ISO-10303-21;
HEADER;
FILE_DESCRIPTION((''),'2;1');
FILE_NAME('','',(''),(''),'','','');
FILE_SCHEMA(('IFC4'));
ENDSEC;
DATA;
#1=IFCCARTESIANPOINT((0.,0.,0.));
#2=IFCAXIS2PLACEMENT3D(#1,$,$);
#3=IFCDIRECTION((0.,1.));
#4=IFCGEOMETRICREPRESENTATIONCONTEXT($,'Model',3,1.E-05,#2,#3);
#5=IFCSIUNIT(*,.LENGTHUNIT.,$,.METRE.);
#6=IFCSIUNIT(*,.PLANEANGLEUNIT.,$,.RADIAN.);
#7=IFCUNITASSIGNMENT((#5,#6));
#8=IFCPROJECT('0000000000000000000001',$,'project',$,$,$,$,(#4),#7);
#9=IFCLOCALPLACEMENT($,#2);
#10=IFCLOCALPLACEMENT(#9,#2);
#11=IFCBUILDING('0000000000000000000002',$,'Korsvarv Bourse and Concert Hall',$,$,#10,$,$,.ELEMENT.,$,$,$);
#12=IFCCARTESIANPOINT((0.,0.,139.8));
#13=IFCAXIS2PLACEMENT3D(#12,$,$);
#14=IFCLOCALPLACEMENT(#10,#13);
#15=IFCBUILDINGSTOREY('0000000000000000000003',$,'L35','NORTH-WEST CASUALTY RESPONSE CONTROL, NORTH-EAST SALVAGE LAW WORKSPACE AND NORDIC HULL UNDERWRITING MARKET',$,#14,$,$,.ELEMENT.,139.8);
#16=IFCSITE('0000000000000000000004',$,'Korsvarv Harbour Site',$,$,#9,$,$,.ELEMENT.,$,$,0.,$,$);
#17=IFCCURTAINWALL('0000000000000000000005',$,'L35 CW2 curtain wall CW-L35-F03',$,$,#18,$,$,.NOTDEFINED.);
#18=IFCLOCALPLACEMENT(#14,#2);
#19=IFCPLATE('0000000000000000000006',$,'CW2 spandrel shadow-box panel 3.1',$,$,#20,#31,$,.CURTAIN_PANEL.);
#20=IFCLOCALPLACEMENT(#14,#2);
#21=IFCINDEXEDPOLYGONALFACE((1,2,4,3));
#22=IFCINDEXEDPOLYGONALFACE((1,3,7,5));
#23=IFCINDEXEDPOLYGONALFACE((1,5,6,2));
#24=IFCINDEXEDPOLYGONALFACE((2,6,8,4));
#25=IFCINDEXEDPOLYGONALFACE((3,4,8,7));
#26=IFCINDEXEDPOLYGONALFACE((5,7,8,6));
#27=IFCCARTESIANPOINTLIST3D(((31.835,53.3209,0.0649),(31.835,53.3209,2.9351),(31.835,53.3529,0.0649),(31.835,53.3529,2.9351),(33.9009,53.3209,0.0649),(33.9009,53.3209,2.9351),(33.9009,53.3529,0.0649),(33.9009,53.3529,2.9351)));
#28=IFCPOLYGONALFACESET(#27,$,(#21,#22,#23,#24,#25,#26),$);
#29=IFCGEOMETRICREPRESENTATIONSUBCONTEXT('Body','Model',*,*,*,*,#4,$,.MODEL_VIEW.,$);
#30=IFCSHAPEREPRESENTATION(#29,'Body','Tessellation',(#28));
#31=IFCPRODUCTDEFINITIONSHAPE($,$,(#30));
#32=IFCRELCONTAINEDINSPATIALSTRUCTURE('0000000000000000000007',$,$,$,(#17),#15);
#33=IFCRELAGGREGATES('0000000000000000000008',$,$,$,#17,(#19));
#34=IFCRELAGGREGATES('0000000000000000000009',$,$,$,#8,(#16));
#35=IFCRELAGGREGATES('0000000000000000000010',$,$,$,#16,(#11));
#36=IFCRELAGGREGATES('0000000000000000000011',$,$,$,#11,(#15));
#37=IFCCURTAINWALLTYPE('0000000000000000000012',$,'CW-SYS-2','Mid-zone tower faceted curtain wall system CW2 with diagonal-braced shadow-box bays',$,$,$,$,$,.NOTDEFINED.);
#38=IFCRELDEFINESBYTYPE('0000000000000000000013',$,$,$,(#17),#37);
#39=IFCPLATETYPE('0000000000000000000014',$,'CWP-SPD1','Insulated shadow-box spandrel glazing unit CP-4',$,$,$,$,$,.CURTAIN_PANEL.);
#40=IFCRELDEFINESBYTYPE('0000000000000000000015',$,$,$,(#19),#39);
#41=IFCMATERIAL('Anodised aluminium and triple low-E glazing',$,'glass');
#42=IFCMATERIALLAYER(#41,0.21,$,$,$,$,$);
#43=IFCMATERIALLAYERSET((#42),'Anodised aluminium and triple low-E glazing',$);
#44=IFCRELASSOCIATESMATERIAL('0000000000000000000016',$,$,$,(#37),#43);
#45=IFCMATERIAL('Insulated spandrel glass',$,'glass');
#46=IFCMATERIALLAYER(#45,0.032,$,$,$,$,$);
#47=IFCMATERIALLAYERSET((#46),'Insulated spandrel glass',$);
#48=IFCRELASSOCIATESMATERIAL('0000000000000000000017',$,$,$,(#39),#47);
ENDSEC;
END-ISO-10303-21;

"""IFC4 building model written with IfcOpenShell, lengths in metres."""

from ifc_helpers import new_model, si_unit, direction, frame, origin, origin_2d, place, context, subcontext, project, spatial, rectangle, extrude, source, transform, mapped, material, layer, layer_set, type_object, element, aggregate, save


model = new_model("IFC4")

# Units and contexts
model_context = context("Model", 3, precision=1e-05, world=origin(), true_north=direction((0.0, 1.0)))
body_context = subcontext(model_context, "Body", "Model", "MODEL_VIEW")
ifc_project = project(units=[si_unit("LENGTHUNIT", "METRE"), si_unit("PLANEANGLEUNIT", "RADIAN")], contexts=[model_context])

# Site, building, storey
site_placement = place(None, origin())
site = spatial("IfcSite", under=ifc_project, at=site_placement, Name="Korsvarv Harbour Site", CompositionType="ELEMENT", RefElevation=0.0)
building_placement = place(site_placement, origin())
building = spatial("IfcBuilding", under=site, at=building_placement, Name="Korsvarv Bourse and Concert Hall", CompositionType="ELEMENT")
storey_placement = place(building_placement, frame((0.0, 0.0, 139.8)))
storey = spatial("IfcBuildingStorey", under=building, at=storey_placement, Name="L35", Description="NORTH-WEST CASUALTY RESPONSE CONTROL, NORTH-EAST SALVAGE LAW WORKSPACE AND NORDIC HULL UNDERWRITING MARKET", CompositionType="ELEMENT", Elevation=139.8)

# Curtain wall, plate
ifc_material_1 = material(Name="Anodised aluminium and triple low-E glazing", Category="glass")
ifc_layer_1 = layer(ifc_material_1, 0.21)
ifc_layer_set_1 = layer_set([ifc_layer_1], Name="Anodised aluminium and triple low-E glazing")
curtain_wall_type = type_object("IfcCurtainWallType", Name="CW-SYS-2", Description="Mid-zone tower faceted curtain wall system CW2 with diagonal-braced shadow-box bays", PredefinedType="NOTDEFINED", material=ifc_layer_set_1)
curtain_wall_placement = place(storey_placement, origin())
curtain_wall = element("IfcCurtainWall", 1, at=curtain_wall_placement, inside=storey, type_object=curtain_wall_type, Name="L35 CW2 curtain wall CW-L35-F03", PredefinedType="NOTDEFINED")
ifc_material_2 = material(Name="Insulated spandrel glass", Category="glass")
ifc_layer_2 = layer(ifc_material_2, 0.032)
ifc_layer_set_2 = layer_set([ifc_layer_2], Name="Insulated spandrel glass")
plate_type_1 = type_object("IfcPlateType", Name="CWP-SPD1", Description="Insulated shadow-box spandrel glazing unit CP-4", PredefinedType="CURTAIN_PANEL", material=ifc_layer_set_2)
shared_shape_1 = source(origin(), body_context, "Body", "SweptSolid", [
    extrude(rectangle(XDim=2.0659, YDim=0.032, at=origin_2d()), origin(), (0.0, 0.0, 1.0), 2.8701),
])
plate_1_placement = place(storey_placement, frame((32.8679, 53.3369, 0.0649), z_axis=(0.0, 0.0, 1.0), x_axis=(-1.0, 0.0, 0.0)))
plate_1 = element("IfcPlate", 2, at=plate_1_placement, type_object=plate_type_1, Name="CW2 spandrel shadow-box panel 3.1", PredefinedType="CURTAIN_PANEL", context=body_context, shape_type="MappedRepresentation", body=[
    mapped(shared_shape_1, transform((0.0, 0.0, 0.0), scale=1.0)),
])
aggregate(curtain_wall, [plate_1])

save(model, "model.ifc")
